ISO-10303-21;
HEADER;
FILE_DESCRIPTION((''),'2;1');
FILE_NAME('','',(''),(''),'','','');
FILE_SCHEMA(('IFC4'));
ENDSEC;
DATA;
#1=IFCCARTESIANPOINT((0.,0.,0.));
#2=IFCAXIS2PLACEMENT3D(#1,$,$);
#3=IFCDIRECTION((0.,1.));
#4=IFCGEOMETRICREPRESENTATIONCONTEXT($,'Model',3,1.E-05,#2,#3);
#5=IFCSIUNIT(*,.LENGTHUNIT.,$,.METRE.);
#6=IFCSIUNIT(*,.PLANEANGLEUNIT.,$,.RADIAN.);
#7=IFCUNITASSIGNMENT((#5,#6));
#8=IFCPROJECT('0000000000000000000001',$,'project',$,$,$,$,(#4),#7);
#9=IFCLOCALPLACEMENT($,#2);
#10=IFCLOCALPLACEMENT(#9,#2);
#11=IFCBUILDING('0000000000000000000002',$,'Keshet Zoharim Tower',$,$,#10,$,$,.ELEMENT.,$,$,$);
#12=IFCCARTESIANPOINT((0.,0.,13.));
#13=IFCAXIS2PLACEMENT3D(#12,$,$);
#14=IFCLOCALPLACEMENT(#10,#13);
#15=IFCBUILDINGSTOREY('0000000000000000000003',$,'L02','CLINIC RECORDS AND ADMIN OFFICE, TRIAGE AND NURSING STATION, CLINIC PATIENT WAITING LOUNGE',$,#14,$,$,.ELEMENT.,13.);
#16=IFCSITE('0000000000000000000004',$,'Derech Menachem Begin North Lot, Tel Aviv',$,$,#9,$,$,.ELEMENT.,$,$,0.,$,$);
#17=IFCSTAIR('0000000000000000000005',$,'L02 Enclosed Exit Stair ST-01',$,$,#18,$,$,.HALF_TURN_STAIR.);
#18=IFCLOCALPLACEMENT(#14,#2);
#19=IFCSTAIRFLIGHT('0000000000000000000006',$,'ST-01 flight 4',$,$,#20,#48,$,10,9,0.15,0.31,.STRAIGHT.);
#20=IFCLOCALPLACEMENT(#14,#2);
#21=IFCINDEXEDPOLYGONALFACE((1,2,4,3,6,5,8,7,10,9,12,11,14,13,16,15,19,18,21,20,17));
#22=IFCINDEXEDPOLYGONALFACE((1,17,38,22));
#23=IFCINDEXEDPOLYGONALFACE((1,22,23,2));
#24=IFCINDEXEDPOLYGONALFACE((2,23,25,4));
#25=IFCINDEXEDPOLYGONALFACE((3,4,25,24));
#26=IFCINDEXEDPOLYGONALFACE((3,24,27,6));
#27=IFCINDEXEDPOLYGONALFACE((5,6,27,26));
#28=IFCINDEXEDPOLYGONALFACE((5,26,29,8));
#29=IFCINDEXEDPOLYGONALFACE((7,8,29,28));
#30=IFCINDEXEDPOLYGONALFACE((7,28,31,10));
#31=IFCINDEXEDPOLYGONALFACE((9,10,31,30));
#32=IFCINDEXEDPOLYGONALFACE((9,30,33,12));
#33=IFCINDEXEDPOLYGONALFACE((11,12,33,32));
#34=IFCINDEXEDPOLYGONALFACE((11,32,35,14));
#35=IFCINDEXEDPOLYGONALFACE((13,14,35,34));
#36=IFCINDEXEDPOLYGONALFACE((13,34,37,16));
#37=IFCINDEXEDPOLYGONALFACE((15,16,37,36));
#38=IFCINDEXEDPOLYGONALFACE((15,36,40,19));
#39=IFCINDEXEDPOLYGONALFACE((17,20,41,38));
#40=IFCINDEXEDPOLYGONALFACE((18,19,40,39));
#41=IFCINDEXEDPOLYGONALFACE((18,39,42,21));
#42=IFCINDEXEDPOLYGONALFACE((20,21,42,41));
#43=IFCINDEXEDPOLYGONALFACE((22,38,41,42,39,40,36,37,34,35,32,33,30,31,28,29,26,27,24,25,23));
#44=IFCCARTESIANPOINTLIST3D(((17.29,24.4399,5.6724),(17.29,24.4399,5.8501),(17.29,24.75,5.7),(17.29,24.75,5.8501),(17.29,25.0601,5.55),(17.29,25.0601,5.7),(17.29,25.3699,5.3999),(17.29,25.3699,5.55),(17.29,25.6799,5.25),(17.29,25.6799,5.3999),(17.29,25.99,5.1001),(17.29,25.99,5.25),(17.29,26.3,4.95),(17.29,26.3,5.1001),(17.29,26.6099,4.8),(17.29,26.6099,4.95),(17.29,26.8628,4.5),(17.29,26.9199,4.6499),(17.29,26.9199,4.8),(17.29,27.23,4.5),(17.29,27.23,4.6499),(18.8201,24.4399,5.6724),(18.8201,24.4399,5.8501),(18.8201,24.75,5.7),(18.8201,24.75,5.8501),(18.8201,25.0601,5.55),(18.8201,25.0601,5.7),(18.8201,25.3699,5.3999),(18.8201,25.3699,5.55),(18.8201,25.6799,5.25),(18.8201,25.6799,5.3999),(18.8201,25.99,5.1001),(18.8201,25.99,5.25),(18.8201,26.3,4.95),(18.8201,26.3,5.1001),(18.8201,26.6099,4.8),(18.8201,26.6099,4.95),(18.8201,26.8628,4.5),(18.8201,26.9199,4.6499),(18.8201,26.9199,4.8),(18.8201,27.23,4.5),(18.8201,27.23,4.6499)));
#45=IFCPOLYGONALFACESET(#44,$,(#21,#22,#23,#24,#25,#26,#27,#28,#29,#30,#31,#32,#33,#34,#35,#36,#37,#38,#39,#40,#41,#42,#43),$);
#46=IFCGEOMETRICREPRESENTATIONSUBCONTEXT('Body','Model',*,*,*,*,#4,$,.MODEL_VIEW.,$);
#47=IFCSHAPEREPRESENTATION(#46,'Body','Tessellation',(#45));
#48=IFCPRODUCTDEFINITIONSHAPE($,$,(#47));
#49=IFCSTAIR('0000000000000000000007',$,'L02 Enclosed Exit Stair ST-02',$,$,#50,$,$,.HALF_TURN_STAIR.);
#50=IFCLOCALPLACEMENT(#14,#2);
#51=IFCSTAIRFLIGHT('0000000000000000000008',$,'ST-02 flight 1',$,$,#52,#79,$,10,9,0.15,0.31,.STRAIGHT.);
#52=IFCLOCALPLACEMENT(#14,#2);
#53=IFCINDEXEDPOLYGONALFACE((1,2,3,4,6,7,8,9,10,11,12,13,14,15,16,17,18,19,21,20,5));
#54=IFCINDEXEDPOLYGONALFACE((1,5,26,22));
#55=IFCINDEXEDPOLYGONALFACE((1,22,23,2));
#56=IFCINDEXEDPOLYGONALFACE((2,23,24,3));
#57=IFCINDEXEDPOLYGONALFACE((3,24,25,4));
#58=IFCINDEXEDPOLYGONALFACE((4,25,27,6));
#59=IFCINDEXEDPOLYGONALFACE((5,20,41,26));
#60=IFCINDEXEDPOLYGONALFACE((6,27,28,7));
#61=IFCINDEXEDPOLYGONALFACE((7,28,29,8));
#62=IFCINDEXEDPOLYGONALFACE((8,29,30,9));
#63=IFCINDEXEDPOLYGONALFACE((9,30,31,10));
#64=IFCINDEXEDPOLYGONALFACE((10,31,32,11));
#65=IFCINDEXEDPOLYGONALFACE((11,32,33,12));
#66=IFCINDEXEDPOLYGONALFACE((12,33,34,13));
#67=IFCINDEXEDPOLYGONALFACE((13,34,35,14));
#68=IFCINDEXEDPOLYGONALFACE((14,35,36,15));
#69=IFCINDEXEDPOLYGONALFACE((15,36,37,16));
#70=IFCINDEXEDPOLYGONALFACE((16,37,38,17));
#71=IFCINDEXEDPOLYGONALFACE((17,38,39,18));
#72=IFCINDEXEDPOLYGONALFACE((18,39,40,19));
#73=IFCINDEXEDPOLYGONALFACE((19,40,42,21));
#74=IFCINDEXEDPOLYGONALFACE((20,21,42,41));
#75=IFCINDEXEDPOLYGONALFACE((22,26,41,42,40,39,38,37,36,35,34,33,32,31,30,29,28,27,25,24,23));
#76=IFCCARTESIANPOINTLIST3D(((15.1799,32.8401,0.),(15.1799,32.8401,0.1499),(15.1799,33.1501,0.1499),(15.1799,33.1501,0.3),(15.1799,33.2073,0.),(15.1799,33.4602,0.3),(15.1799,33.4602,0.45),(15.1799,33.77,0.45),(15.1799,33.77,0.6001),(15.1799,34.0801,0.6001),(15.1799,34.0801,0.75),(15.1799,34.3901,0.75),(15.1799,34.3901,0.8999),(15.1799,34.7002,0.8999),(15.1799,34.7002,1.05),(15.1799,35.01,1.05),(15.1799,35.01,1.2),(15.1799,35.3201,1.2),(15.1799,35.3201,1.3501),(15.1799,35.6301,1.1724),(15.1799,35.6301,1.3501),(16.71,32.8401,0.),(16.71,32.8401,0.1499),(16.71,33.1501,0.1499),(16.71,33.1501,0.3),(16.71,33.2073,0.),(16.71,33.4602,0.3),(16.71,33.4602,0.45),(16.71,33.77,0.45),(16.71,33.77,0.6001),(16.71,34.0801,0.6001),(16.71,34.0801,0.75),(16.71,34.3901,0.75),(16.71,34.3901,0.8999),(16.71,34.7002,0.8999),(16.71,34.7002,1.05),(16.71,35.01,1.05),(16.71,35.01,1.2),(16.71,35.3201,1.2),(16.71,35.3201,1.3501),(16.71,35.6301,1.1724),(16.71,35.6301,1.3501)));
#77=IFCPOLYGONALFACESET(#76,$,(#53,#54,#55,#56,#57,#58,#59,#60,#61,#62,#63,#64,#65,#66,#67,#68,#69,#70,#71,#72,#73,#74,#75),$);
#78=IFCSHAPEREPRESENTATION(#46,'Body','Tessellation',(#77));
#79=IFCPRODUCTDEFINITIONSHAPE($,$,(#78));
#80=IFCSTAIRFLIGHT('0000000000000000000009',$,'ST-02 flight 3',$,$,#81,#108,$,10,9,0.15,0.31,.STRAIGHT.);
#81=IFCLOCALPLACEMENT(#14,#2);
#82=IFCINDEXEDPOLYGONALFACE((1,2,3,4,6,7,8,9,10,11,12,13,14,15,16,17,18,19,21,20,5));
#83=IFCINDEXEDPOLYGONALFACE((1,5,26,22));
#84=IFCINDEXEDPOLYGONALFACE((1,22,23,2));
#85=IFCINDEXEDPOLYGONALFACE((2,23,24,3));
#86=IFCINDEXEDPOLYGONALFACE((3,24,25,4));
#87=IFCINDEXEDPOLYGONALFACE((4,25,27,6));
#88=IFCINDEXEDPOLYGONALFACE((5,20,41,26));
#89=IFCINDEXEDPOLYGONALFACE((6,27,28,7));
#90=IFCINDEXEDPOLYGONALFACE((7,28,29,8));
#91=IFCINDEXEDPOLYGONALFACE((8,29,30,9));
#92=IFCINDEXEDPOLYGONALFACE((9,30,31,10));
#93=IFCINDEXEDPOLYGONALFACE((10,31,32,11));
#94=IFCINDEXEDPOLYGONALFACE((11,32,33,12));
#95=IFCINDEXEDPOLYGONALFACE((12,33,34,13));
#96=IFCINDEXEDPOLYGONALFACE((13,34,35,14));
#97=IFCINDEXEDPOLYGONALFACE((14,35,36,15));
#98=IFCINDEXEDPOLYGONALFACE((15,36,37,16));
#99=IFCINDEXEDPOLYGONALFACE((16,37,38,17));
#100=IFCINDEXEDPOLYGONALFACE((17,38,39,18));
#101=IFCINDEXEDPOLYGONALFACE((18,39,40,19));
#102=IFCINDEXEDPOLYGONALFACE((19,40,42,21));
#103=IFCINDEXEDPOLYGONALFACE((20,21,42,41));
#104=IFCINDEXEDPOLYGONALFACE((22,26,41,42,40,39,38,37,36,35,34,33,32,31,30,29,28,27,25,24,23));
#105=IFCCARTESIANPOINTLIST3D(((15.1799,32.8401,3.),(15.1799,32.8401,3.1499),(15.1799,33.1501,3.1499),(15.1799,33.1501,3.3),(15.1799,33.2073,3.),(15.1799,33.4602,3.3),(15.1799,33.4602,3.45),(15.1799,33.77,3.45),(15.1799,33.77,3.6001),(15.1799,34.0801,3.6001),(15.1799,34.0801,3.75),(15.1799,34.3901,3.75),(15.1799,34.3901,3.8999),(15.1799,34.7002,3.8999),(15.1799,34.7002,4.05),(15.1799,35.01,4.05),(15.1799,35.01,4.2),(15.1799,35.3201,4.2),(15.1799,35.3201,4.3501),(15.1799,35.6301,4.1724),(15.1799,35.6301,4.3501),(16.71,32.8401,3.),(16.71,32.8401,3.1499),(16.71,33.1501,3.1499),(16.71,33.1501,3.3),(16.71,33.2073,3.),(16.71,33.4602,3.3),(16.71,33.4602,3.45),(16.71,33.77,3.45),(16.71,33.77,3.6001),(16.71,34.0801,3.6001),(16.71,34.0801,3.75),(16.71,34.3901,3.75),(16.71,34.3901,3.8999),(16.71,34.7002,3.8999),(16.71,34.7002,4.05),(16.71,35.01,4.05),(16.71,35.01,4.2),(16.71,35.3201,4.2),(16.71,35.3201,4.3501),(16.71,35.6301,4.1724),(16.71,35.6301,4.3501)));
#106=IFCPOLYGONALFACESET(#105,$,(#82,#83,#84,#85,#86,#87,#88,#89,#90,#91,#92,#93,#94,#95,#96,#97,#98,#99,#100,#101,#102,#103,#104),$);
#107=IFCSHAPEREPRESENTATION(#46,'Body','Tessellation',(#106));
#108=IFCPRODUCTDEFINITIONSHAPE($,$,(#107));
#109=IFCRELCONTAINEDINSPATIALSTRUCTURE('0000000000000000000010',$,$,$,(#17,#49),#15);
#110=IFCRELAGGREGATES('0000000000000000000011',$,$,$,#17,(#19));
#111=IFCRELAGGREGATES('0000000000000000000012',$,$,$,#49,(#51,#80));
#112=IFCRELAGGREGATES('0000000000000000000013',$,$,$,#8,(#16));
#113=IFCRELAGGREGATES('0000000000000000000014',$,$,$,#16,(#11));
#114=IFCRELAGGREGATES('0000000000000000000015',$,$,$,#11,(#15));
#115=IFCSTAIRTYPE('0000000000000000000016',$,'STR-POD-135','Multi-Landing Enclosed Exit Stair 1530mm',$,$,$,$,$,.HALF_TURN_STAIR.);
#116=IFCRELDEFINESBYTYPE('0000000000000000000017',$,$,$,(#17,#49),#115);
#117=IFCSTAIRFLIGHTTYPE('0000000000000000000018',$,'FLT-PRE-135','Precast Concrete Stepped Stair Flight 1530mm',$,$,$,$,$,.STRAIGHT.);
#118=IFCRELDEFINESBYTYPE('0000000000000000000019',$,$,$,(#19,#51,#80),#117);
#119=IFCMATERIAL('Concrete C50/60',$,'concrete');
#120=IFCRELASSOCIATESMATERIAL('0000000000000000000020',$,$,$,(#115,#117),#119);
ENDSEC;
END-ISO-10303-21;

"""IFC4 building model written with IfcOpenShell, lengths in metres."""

from ifc_helpers import new_model, si_unit, direction, frame, origin, place, context, subcontext, project, spatial, polyline, outline, extrude, material, type_object, element, aggregate, save


model = new_model("IFC4")

# Units and contexts
model_context = context("Model", 3, precision=1e-05, world=origin(), true_north=direction((0.0, 1.0)))
body_context = subcontext(model_context, "Body", "Model", "MODEL_VIEW")
ifc_project = project(units=[si_unit("LENGTHUNIT", "METRE"), si_unit("PLANEANGLEUNIT", "RADIAN")], contexts=[model_context])

# Site, building, storey
site_placement = place(None, origin())
site = spatial("IfcSite", under=ifc_project, at=site_placement, Name="Derech Menachem Begin North Lot, Tel Aviv", CompositionType="ELEMENT", RefElevation=0.0)
building_placement = place(site_placement, origin())
building = spatial("IfcBuilding", under=site, at=building_placement, Name="Keshet Zoharim Tower", CompositionType="ELEMENT")
storey_placement = place(building_placement, frame((0.0, 0.0, 13.0)))
storey = spatial("IfcBuildingStorey", under=building, at=storey_placement, Name="L02", Description="CLINIC RECORDS AND ADMIN OFFICE, TRIAGE AND NURSING STATION, CLINIC PATIENT WAITING LOUNGE", CompositionType="ELEMENT", Elevation=13.0)

# Shared definitions
ifc_material_1 = material(Name="Concrete C50/60", Category="concrete")

# Stairs, stair flights
stair_type = type_object("IfcStairType", Name="STR-POD-135", Description="Multi-Landing Enclosed Exit Stair 1530mm", PredefinedType="HALF_TURN_STAIR", material=ifc_material_1)
stair_1_placement = place(storey_placement, origin())
stair_1 = element("IfcStair", 1, at=stair_1_placement, inside=storey, type_object=stair_type, Name="L02 Enclosed Exit Stair ST-01", PredefinedType="HALF_TURN_STAIR")
stair_flight_type = type_object("IfcStairFlightType", Name="FLT-PRE-135", Description="Precast Concrete Stepped Stair Flight 1530mm", PredefinedType="STRAIGHT", material=ifc_material_1)
stair_flight_1_placement = place(storey_placement, frame((18.0549, 27.23, 4.5), z_axis=(0.0, 0.0, 1.0), x_axis=(0.0, -1.0, 0.0)))
stair_flight_1 = element("IfcStairFlight", 2, at=stair_flight_1_placement, type_object=stair_flight_type, Name="ST-01 flight 4", NumberOfRisers=10, NumberOfTreads=9, PredefinedType="STRAIGHT", RiserHeight=0.15, TreadLength=0.31, context=body_context, shape_type="SweptSolid", body=[
    extrude(outline(polyline([(0.0, 0.0), (0.0, 0.1499), (0.3101, 0.1499), (0.3101, 0.3), (0.6201, 0.3), (0.6201, 0.45), (0.9299, 0.45), (0.9299, 0.6001), (1.24, 0.6001), (1.24, 0.75), (1.55, 0.75), (1.55, 0.8999), (1.8601, 0.8999), (1.8601, 1.05), (2.1699, 1.05), (2.1699, 1.2), (2.48, 1.2), (2.48, 1.3501), (2.79, 1.3501), (2.79, 1.5), (2.79, 1.1724), (0.3672, 0.0), (0.0, 0.0)])), frame((0.0, 0.7651, 0.0), z_axis=(0.0, -1.0, 0.0), x_axis=(1.0, 0.0, 0.0)), (0.0, 0.0, 1.0), 1.53),
])
aggregate(stair_1, [stair_flight_1])
stair_2_placement = place(storey_placement, origin())
stair_2 = element("IfcStair", 3, at=stair_2_placement, inside=storey, type_object=stair_type, Name="L02 Enclosed Exit Stair ST-02", PredefinedType="HALF_TURN_STAIR")
stair_flight_2_placement = place(storey_placement, frame((15.9451, 32.8401, 0.0), z_axis=(0.0, 0.0, 1.0), x_axis=(0.0, 1.0, 0.0)))
stair_flight_2 = element("IfcStairFlight", 4, at=stair_flight_2_placement, type_object=stair_flight_type, Name="ST-02 flight 1", NumberOfRisers=10, NumberOfTreads=9, PredefinedType="STRAIGHT", RiserHeight=0.15, TreadLength=0.31, context=body_context, shape_type="SweptSolid", body=[
    extrude(outline(polyline([(0.0, 0.0), (0.0, 0.1499), (0.3101, 0.1499), (0.3101, 0.3), (0.6201, 0.3), (0.6201, 0.45), (0.9299, 0.45), (0.9299, 0.6001), (1.24, 0.6001), (1.24, 0.75), (1.55, 0.75), (1.55, 0.8999), (1.8601, 0.8999), (1.8601, 1.05), (2.1699, 1.05), (2.1699, 1.2), (2.48, 1.2), (2.48, 1.3501), (2.79, 1.3501), (2.79, 1.5), (2.79, 1.1724), (0.3672, 0.0), (0.0, 0.0)])), frame((0.0, 0.7651, 0.0), z_axis=(0.0, -1.0, 0.0), x_axis=(1.0, 0.0, 0.0)), (0.0, 0.0, 1.0), 1.53),
])
stair_flight_3_placement = place(storey_placement, frame((15.9451, 32.8401, 3.0), z_axis=(0.0, 0.0, 1.0), x_axis=(0.0, 1.0, 0.0)))
stair_flight_3 = element("IfcStairFlight", 5, at=stair_flight_3_placement, type_object=stair_flight_type, Name="ST-02 flight 3", NumberOfRisers=10, NumberOfTreads=9, PredefinedType="STRAIGHT", RiserHeight=0.15, TreadLength=0.31, context=body_context, shape_type="SweptSolid", body=[
    extrude(outline(polyline([(0.0, 0.0), (0.0, 0.1499), (0.3101, 0.1499), (0.3101, 0.3), (0.6201, 0.3), (0.6201, 0.45), (0.9299, 0.45), (0.9299, 0.6001), (1.24, 0.6001), (1.24, 0.75), (1.55, 0.75), (1.55, 0.8999), (1.8601, 0.8999), (1.8601, 1.05), (2.1699, 1.05), (2.1699, 1.2), (2.48, 1.2), (2.48, 1.3501), (2.79, 1.3501), (2.79, 1.5), (2.79, 1.1724), (0.3672, 0.0), (0.0, 0.0)])), frame((0.0, 0.7651, 0.0), z_axis=(0.0, -1.0, 0.0), x_axis=(1.0, 0.0, 0.0)), (0.0, 0.0, 1.0), 1.53),
])
aggregate(stair_2, [stair_flight_2, stair_flight_3])

save(model, "model.ifc")
